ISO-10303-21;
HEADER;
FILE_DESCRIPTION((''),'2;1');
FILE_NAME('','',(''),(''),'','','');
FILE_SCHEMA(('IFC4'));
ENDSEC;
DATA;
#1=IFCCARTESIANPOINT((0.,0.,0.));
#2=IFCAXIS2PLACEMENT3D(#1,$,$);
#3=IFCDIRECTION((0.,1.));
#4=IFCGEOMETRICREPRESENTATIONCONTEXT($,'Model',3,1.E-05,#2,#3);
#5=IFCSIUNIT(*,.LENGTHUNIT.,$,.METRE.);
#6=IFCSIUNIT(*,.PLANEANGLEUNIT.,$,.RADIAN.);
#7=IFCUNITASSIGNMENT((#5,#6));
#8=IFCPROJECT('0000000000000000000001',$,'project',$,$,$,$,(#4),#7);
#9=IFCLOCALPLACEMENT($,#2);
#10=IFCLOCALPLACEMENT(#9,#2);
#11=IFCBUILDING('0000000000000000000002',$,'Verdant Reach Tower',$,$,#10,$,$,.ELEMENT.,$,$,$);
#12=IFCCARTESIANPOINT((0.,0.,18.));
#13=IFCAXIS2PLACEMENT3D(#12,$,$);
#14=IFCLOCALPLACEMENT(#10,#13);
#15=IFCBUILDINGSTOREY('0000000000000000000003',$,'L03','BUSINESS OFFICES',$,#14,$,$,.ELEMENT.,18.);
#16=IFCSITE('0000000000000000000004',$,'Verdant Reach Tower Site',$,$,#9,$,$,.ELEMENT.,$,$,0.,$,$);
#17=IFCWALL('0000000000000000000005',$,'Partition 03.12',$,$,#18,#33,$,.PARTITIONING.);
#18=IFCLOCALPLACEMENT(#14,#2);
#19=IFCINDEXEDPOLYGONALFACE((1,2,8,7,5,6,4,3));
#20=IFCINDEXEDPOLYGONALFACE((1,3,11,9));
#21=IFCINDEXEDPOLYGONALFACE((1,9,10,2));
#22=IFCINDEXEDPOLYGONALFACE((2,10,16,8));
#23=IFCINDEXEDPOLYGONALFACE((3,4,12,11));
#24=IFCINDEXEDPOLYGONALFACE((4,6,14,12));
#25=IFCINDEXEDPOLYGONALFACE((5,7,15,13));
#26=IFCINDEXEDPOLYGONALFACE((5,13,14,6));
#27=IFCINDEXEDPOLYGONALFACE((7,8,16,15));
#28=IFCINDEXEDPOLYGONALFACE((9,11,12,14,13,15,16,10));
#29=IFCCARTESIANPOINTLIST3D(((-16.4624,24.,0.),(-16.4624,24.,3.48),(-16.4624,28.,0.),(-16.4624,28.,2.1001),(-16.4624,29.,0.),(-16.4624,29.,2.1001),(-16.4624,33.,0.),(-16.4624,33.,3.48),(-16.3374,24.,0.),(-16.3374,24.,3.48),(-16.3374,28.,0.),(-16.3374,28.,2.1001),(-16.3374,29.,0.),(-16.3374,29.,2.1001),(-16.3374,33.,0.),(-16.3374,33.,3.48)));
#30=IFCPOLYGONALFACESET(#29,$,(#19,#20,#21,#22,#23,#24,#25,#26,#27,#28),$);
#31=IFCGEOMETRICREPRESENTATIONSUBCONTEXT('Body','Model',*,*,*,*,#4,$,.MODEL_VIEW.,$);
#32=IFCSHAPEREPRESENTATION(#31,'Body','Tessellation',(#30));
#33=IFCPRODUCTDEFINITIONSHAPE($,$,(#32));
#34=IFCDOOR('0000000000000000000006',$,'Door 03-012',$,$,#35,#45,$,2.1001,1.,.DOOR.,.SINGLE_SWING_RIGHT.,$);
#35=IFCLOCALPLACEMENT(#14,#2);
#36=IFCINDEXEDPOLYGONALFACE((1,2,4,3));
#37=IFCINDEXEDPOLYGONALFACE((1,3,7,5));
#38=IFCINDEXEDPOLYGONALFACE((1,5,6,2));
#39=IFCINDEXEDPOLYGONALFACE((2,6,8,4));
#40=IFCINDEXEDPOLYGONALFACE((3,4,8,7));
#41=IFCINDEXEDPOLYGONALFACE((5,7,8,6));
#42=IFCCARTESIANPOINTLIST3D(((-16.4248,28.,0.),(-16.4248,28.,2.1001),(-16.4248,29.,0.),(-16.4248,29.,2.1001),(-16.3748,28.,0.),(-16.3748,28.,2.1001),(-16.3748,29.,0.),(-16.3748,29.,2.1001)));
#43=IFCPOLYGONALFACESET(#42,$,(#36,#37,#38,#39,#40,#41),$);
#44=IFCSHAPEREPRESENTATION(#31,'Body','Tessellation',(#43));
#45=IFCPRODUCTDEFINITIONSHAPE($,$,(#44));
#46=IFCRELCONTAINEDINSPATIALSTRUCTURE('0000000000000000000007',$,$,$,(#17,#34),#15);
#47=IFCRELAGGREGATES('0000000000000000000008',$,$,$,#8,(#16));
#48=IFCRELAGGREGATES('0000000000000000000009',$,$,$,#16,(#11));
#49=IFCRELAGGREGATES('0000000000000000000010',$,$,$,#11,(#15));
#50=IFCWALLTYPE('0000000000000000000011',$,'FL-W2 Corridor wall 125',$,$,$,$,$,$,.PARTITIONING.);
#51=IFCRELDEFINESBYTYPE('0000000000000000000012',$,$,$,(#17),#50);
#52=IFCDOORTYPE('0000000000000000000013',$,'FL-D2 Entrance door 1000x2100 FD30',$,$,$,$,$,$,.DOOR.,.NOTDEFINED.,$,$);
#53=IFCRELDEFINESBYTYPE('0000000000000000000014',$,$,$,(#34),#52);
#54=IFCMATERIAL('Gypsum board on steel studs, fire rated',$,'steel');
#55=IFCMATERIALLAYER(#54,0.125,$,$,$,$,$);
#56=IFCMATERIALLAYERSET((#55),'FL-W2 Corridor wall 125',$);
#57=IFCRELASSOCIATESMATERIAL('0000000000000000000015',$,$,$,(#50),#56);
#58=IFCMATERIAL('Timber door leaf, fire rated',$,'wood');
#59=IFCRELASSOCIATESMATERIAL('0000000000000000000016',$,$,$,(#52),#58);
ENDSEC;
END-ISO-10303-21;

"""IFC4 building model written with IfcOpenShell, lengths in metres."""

from ifc_helpers import new_model, si_unit, direction, frame, frame_2d, origin, place, context, subcontext, project, spatial, rectangle, extrude, material, layer, layer_set, type_object, element, fill, save


model = new_model("IFC4")

# Units and contexts
model_context = context("Model", 3, precision=1e-05, world=origin(), true_north=direction((0.0, 1.0)))
body_context = subcontext(model_context, "Body", "Model", "MODEL_VIEW")
ifc_project = project(units=[si_unit("LENGTHUNIT", "METRE"), si_unit("PLANEANGLEUNIT", "RADIAN")], contexts=[model_context])

# Site, building, storey
site_placement = place(None, origin())
site = spatial("IfcSite", under=ifc_project, at=site_placement, Name="Verdant Reach Tower Site", CompositionType="ELEMENT", RefElevation=0.0)
building_placement = place(site_placement, origin())
building = spatial("IfcBuilding", under=site, at=building_placement, Name="Verdant Reach Tower", CompositionType="ELEMENT")
storey_placement = place(building_placement, frame((0.0, 0.0, 18.0)))
storey = spatial("IfcBuildingStorey", under=building, at=storey_placement, Name="L03", Description="BUSINESS OFFICES", CompositionType="ELEMENT", Elevation=18.0)

# Wall, opening, door
ifc_material_1 = material(Name="Gypsum board on steel studs, fire rated", Category="steel")
ifc_layer_1 = layer(ifc_material_1, 0.125)
ifc_layer_set_1 = layer_set([ifc_layer_1], Name="FL-W2 Corridor wall 125")
wall_type_1 = type_object("IfcWallType", Name="FL-W2 Corridor wall 125", PredefinedType="PARTITIONING", material=ifc_layer_set_1)
ifc_material_2 = material(Name="Timber door leaf, fire rated", Category="wood")
door_type = type_object("IfcDoorType", Name="FL-D2 Entrance door 1000x2100 FD30", OperationType="NOTDEFINED", PredefinedType="DOOR", material=ifc_material_2)
wall_1_placement = place(storey_placement, frame((-16.3999, 24.0, 0.0), z_axis=(0.0, 0.0, 1.0), x_axis=(0.0, 1.0, 0.0)))
wall_1 = element("IfcWall", 1, at=wall_1_placement, inside=storey, type_object=wall_type_1, Name="Partition 03.12", PredefinedType="PARTITIONING", context=body_context, shape_type="SweptSolid", body=[
    extrude(rectangle(XDim=9.0, YDim=0.125, at=frame_2d((4.5, 0.0))), origin(), (0.0, 0.0, 1.0), 3.48),
])
opening_1_placement = place(wall_1_placement, frame((4.0, 0.0, 0.0)))
opening_1 = element("IfcOpeningElement", 2, at=opening_1_placement, cuts=wall_1, PredefinedType="OPENING", context=body_context, shape_type="SweptSolid", body=[
    extrude(rectangle(XDim=1.0, YDim=2.1001, at=frame_2d((0.5, 1.05))), frame((0.0, 0.0725, 0.0), z_axis=(0.0, -1.0, 0.0), x_axis=(1.0, 0.0, 0.0)), (0.0, 0.0, 1.0), 0.145),
])
door_1_placement = place(opening_1_placement, origin())
door_1 = element("IfcDoor", 3, at=door_1_placement, inside=storey, type_object=door_type, Name="Door 03-012", OperationType="SINGLE_SWING_RIGHT", OverallHeight=2.1001, OverallWidth=1.0, PredefinedType="DOOR", context=body_context, shape_type="SweptSolid", body=[
    extrude(rectangle(XDim=1.0, YDim=2.1001, at=frame_2d((0.5, 1.05))), frame((0.0, 0.0249, 0.0), z_axis=(0.0, -1.0, 0.0), x_axis=(1.0, 0.0, 0.0)), (0.0, 0.0, 1.0), 0.05),
])
fill(opening_1, door_1)

save(model, "model.ifc")
